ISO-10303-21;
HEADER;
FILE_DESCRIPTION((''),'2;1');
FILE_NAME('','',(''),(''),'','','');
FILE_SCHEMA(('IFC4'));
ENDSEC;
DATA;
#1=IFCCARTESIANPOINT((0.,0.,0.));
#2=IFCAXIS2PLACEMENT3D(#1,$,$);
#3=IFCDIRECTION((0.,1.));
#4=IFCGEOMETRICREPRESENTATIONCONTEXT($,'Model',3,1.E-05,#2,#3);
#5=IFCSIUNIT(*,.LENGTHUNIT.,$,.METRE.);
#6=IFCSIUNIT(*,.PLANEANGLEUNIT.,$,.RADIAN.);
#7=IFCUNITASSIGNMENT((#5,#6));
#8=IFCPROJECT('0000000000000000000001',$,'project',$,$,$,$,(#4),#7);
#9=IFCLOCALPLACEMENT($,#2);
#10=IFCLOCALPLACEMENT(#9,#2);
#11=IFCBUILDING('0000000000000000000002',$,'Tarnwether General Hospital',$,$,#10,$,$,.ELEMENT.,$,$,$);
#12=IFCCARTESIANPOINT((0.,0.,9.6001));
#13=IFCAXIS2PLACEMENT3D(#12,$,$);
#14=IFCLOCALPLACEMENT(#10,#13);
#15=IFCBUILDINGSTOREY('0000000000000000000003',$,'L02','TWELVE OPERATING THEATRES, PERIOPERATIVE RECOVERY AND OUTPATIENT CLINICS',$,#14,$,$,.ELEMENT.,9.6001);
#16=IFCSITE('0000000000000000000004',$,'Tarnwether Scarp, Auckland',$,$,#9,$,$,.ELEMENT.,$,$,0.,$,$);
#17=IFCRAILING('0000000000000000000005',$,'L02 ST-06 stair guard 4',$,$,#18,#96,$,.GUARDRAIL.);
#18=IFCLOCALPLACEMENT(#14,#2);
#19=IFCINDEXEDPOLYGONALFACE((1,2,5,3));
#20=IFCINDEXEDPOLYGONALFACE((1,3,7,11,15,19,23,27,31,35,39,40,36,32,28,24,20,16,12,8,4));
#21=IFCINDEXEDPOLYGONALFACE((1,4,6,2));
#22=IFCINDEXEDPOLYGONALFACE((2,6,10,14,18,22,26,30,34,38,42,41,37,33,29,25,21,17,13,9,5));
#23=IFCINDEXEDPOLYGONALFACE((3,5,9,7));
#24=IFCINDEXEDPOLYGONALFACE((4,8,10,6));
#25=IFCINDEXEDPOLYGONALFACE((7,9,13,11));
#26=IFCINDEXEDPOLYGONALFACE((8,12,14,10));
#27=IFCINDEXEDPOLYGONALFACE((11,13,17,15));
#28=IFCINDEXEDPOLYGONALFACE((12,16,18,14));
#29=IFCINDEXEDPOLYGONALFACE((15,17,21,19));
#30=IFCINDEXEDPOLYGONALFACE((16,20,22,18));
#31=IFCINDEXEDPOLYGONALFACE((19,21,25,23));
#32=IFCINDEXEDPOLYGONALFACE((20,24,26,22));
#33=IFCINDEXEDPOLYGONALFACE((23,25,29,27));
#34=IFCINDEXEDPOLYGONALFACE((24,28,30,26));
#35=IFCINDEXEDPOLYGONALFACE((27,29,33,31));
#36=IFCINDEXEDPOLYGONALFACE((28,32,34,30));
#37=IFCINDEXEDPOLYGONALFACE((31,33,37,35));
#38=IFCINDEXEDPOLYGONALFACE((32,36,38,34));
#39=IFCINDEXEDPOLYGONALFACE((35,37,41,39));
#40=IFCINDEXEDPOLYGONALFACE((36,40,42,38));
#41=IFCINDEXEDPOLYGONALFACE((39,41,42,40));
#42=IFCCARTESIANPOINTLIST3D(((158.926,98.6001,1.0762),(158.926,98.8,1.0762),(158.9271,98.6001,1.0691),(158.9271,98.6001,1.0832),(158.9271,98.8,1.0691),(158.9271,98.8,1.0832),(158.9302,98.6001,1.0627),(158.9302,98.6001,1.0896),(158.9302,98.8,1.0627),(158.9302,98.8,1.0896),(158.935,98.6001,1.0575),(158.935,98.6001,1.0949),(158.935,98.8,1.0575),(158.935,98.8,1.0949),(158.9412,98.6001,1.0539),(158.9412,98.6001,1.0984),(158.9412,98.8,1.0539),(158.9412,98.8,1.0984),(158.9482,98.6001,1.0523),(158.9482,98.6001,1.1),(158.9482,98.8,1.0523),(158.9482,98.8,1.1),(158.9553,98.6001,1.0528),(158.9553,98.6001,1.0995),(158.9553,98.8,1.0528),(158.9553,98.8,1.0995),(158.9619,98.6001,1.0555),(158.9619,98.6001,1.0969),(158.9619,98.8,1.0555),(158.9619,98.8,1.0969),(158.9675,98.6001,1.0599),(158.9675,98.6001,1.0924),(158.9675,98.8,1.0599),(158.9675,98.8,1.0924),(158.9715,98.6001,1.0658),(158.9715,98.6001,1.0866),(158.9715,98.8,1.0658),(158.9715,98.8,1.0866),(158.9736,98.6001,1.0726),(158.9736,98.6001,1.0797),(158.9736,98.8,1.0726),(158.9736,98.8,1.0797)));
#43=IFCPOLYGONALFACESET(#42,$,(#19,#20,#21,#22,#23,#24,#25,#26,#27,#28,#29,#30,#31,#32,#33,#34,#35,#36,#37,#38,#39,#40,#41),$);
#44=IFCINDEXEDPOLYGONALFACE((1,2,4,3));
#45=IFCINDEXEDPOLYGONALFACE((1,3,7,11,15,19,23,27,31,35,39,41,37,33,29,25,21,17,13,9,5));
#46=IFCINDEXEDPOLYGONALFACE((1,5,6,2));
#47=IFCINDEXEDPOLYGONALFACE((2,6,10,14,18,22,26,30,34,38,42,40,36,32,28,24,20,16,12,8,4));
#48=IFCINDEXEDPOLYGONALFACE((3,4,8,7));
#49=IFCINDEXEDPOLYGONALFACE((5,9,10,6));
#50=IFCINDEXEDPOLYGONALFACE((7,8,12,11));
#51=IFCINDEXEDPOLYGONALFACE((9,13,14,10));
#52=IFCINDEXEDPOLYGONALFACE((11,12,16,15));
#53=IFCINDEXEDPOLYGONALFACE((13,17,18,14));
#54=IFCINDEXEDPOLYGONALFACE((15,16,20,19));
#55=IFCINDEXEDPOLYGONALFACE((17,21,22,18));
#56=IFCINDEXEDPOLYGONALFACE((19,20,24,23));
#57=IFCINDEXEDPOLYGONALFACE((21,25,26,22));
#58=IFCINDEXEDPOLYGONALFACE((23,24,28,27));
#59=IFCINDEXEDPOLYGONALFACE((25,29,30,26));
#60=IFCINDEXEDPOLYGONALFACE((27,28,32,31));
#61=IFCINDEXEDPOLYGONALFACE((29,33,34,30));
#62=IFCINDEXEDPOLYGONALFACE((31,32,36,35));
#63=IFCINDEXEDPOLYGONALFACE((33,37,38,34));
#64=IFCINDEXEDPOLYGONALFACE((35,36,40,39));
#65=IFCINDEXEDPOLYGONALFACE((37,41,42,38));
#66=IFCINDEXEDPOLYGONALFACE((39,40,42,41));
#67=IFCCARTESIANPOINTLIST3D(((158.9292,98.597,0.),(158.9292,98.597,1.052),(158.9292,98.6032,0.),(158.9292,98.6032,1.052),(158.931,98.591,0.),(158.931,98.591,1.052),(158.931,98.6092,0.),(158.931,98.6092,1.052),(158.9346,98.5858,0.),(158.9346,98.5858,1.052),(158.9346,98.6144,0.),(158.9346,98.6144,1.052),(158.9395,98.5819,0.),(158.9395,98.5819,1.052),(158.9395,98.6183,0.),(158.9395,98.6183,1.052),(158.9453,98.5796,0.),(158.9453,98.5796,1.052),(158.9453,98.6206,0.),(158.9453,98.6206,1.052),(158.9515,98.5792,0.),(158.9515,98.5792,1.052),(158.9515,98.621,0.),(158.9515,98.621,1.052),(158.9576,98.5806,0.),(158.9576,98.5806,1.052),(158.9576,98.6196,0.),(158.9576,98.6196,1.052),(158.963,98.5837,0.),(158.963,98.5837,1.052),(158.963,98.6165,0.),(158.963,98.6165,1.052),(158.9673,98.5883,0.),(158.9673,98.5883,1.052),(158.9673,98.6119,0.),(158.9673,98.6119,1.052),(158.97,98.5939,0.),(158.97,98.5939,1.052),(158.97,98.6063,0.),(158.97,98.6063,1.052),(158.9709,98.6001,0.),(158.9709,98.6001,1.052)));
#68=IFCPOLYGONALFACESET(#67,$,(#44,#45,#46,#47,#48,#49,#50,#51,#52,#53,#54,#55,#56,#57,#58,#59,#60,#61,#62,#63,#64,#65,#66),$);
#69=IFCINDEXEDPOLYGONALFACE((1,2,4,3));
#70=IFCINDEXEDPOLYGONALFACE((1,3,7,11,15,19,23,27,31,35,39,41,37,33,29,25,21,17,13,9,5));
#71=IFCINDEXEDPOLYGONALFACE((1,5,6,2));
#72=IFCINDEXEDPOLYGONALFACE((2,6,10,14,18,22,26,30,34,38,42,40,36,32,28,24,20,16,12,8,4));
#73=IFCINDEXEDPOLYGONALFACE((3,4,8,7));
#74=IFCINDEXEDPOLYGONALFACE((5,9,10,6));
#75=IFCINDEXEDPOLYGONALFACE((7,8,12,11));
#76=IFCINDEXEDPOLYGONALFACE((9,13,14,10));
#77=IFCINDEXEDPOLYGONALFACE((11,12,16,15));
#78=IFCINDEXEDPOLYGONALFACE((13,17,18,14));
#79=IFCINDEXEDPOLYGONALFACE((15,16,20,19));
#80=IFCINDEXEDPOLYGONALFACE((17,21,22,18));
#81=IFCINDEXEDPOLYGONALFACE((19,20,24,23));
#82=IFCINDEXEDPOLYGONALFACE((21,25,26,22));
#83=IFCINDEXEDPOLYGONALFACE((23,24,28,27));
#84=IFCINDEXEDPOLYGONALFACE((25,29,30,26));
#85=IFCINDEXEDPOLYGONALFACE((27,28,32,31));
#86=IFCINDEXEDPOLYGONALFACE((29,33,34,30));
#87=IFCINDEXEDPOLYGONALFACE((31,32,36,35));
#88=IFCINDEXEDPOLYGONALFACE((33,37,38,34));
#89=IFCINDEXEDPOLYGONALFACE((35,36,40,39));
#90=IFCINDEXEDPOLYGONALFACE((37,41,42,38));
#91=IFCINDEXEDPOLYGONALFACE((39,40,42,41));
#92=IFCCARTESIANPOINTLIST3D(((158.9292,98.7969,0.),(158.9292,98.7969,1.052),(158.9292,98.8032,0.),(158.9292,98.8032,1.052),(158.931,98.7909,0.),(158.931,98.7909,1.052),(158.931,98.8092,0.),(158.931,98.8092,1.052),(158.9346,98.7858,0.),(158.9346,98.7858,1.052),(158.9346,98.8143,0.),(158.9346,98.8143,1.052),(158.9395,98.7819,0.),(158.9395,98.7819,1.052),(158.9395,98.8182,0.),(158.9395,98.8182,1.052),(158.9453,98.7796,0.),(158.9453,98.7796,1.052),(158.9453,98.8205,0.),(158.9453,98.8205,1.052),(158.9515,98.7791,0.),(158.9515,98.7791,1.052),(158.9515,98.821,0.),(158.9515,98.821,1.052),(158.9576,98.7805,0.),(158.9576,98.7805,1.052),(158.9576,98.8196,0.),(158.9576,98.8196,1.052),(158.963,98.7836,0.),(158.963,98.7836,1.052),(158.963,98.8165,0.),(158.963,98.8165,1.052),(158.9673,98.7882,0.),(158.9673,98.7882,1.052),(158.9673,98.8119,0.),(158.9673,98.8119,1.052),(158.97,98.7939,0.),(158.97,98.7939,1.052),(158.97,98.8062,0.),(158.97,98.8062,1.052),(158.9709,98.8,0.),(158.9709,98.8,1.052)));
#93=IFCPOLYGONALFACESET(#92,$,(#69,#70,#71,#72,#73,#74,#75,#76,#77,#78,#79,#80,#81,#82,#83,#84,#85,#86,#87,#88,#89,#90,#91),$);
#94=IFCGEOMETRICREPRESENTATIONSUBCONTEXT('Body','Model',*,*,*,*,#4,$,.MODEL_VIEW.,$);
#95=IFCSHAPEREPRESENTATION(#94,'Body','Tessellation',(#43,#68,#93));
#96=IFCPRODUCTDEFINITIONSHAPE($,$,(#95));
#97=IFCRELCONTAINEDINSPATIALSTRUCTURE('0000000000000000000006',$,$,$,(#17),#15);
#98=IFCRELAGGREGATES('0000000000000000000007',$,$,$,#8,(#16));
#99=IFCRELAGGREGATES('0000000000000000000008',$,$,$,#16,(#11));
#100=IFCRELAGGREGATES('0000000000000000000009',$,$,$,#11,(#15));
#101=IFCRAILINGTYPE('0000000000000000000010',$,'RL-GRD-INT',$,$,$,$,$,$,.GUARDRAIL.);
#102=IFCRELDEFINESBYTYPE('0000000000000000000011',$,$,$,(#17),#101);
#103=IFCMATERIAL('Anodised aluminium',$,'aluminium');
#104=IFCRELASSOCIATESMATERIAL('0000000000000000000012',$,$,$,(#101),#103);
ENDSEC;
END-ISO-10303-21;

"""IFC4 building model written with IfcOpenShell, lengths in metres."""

from ifc_helpers import new_model, si_unit, direction, frame, origin, origin_2d, place, context, subcontext, project, spatial, circle, extrude, material, type_object, element, save


model = new_model("IFC4")

# Units and contexts
model_context = context("Model", 3, precision=1e-05, world=origin(), true_north=direction((0.0, 1.0)))
body_context = subcontext(model_context, "Body", "Model", "MODEL_VIEW")
ifc_project = project(units=[si_unit("LENGTHUNIT", "METRE"), si_unit("PLANEANGLEUNIT", "RADIAN")], contexts=[model_context])

# Site, building, storey
site_placement = place(None, origin())
site = spatial("IfcSite", under=ifc_project, at=site_placement, Name="Tarnwether Scarp, Auckland", CompositionType="ELEMENT", RefElevation=0.0)
building_placement = place(site_placement, origin())
building = spatial("IfcBuilding", under=site, at=building_placement, Name="Tarnwether General Hospital", CompositionType="ELEMENT")
storey_placement = place(building_placement, frame((0.0, 0.0, 9.6001)))
storey = spatial("IfcBuildingStorey", under=building, at=storey_placement, Name="L02", Description="TWELVE OPERATING THEATRES, PERIOPERATIVE RECOVERY AND OUTPATIENT CLINICS", CompositionType="ELEMENT", Elevation=9.6001)

# Railing
ifc_material_1 = material(Name="Anodised aluminium", Category="aluminium")
railing_type = type_object("IfcRailingType", Name="RL-GRD-INT", PredefinedType="GUARDRAIL", material=ifc_material_1)
railing_1_placement = place(storey_placement, frame((158.95, 98.6001, 0.0)))
element("IfcRailing", 1, at=railing_1_placement, inside=storey, type_object=railing_type, Name="L02 ST-06 stair guard 4", PredefinedType="GUARDRAIL", context=body_context, shape_type="SweptSolid", body=[
    extrude(circle(Radius=0.0239, at=origin_2d()), frame((0.0, 0.0, 1.0762), z_axis=(0.0, 1.0, 0.0), x_axis=(-1.0, 0.0, 0.0)), (0.0, 0.0, 1.0), 0.2),
    extrude(circle(Radius=0.021, at=origin_2d()), origin(), (0.0, 0.0, 1.0), 1.052),
    extrude(circle(Radius=0.021, at=origin_2d()), frame((0.0, 0.2, 0.0)), (0.0, 0.0, 1.0), 1.052),
])

save(model, "model.ifc")
